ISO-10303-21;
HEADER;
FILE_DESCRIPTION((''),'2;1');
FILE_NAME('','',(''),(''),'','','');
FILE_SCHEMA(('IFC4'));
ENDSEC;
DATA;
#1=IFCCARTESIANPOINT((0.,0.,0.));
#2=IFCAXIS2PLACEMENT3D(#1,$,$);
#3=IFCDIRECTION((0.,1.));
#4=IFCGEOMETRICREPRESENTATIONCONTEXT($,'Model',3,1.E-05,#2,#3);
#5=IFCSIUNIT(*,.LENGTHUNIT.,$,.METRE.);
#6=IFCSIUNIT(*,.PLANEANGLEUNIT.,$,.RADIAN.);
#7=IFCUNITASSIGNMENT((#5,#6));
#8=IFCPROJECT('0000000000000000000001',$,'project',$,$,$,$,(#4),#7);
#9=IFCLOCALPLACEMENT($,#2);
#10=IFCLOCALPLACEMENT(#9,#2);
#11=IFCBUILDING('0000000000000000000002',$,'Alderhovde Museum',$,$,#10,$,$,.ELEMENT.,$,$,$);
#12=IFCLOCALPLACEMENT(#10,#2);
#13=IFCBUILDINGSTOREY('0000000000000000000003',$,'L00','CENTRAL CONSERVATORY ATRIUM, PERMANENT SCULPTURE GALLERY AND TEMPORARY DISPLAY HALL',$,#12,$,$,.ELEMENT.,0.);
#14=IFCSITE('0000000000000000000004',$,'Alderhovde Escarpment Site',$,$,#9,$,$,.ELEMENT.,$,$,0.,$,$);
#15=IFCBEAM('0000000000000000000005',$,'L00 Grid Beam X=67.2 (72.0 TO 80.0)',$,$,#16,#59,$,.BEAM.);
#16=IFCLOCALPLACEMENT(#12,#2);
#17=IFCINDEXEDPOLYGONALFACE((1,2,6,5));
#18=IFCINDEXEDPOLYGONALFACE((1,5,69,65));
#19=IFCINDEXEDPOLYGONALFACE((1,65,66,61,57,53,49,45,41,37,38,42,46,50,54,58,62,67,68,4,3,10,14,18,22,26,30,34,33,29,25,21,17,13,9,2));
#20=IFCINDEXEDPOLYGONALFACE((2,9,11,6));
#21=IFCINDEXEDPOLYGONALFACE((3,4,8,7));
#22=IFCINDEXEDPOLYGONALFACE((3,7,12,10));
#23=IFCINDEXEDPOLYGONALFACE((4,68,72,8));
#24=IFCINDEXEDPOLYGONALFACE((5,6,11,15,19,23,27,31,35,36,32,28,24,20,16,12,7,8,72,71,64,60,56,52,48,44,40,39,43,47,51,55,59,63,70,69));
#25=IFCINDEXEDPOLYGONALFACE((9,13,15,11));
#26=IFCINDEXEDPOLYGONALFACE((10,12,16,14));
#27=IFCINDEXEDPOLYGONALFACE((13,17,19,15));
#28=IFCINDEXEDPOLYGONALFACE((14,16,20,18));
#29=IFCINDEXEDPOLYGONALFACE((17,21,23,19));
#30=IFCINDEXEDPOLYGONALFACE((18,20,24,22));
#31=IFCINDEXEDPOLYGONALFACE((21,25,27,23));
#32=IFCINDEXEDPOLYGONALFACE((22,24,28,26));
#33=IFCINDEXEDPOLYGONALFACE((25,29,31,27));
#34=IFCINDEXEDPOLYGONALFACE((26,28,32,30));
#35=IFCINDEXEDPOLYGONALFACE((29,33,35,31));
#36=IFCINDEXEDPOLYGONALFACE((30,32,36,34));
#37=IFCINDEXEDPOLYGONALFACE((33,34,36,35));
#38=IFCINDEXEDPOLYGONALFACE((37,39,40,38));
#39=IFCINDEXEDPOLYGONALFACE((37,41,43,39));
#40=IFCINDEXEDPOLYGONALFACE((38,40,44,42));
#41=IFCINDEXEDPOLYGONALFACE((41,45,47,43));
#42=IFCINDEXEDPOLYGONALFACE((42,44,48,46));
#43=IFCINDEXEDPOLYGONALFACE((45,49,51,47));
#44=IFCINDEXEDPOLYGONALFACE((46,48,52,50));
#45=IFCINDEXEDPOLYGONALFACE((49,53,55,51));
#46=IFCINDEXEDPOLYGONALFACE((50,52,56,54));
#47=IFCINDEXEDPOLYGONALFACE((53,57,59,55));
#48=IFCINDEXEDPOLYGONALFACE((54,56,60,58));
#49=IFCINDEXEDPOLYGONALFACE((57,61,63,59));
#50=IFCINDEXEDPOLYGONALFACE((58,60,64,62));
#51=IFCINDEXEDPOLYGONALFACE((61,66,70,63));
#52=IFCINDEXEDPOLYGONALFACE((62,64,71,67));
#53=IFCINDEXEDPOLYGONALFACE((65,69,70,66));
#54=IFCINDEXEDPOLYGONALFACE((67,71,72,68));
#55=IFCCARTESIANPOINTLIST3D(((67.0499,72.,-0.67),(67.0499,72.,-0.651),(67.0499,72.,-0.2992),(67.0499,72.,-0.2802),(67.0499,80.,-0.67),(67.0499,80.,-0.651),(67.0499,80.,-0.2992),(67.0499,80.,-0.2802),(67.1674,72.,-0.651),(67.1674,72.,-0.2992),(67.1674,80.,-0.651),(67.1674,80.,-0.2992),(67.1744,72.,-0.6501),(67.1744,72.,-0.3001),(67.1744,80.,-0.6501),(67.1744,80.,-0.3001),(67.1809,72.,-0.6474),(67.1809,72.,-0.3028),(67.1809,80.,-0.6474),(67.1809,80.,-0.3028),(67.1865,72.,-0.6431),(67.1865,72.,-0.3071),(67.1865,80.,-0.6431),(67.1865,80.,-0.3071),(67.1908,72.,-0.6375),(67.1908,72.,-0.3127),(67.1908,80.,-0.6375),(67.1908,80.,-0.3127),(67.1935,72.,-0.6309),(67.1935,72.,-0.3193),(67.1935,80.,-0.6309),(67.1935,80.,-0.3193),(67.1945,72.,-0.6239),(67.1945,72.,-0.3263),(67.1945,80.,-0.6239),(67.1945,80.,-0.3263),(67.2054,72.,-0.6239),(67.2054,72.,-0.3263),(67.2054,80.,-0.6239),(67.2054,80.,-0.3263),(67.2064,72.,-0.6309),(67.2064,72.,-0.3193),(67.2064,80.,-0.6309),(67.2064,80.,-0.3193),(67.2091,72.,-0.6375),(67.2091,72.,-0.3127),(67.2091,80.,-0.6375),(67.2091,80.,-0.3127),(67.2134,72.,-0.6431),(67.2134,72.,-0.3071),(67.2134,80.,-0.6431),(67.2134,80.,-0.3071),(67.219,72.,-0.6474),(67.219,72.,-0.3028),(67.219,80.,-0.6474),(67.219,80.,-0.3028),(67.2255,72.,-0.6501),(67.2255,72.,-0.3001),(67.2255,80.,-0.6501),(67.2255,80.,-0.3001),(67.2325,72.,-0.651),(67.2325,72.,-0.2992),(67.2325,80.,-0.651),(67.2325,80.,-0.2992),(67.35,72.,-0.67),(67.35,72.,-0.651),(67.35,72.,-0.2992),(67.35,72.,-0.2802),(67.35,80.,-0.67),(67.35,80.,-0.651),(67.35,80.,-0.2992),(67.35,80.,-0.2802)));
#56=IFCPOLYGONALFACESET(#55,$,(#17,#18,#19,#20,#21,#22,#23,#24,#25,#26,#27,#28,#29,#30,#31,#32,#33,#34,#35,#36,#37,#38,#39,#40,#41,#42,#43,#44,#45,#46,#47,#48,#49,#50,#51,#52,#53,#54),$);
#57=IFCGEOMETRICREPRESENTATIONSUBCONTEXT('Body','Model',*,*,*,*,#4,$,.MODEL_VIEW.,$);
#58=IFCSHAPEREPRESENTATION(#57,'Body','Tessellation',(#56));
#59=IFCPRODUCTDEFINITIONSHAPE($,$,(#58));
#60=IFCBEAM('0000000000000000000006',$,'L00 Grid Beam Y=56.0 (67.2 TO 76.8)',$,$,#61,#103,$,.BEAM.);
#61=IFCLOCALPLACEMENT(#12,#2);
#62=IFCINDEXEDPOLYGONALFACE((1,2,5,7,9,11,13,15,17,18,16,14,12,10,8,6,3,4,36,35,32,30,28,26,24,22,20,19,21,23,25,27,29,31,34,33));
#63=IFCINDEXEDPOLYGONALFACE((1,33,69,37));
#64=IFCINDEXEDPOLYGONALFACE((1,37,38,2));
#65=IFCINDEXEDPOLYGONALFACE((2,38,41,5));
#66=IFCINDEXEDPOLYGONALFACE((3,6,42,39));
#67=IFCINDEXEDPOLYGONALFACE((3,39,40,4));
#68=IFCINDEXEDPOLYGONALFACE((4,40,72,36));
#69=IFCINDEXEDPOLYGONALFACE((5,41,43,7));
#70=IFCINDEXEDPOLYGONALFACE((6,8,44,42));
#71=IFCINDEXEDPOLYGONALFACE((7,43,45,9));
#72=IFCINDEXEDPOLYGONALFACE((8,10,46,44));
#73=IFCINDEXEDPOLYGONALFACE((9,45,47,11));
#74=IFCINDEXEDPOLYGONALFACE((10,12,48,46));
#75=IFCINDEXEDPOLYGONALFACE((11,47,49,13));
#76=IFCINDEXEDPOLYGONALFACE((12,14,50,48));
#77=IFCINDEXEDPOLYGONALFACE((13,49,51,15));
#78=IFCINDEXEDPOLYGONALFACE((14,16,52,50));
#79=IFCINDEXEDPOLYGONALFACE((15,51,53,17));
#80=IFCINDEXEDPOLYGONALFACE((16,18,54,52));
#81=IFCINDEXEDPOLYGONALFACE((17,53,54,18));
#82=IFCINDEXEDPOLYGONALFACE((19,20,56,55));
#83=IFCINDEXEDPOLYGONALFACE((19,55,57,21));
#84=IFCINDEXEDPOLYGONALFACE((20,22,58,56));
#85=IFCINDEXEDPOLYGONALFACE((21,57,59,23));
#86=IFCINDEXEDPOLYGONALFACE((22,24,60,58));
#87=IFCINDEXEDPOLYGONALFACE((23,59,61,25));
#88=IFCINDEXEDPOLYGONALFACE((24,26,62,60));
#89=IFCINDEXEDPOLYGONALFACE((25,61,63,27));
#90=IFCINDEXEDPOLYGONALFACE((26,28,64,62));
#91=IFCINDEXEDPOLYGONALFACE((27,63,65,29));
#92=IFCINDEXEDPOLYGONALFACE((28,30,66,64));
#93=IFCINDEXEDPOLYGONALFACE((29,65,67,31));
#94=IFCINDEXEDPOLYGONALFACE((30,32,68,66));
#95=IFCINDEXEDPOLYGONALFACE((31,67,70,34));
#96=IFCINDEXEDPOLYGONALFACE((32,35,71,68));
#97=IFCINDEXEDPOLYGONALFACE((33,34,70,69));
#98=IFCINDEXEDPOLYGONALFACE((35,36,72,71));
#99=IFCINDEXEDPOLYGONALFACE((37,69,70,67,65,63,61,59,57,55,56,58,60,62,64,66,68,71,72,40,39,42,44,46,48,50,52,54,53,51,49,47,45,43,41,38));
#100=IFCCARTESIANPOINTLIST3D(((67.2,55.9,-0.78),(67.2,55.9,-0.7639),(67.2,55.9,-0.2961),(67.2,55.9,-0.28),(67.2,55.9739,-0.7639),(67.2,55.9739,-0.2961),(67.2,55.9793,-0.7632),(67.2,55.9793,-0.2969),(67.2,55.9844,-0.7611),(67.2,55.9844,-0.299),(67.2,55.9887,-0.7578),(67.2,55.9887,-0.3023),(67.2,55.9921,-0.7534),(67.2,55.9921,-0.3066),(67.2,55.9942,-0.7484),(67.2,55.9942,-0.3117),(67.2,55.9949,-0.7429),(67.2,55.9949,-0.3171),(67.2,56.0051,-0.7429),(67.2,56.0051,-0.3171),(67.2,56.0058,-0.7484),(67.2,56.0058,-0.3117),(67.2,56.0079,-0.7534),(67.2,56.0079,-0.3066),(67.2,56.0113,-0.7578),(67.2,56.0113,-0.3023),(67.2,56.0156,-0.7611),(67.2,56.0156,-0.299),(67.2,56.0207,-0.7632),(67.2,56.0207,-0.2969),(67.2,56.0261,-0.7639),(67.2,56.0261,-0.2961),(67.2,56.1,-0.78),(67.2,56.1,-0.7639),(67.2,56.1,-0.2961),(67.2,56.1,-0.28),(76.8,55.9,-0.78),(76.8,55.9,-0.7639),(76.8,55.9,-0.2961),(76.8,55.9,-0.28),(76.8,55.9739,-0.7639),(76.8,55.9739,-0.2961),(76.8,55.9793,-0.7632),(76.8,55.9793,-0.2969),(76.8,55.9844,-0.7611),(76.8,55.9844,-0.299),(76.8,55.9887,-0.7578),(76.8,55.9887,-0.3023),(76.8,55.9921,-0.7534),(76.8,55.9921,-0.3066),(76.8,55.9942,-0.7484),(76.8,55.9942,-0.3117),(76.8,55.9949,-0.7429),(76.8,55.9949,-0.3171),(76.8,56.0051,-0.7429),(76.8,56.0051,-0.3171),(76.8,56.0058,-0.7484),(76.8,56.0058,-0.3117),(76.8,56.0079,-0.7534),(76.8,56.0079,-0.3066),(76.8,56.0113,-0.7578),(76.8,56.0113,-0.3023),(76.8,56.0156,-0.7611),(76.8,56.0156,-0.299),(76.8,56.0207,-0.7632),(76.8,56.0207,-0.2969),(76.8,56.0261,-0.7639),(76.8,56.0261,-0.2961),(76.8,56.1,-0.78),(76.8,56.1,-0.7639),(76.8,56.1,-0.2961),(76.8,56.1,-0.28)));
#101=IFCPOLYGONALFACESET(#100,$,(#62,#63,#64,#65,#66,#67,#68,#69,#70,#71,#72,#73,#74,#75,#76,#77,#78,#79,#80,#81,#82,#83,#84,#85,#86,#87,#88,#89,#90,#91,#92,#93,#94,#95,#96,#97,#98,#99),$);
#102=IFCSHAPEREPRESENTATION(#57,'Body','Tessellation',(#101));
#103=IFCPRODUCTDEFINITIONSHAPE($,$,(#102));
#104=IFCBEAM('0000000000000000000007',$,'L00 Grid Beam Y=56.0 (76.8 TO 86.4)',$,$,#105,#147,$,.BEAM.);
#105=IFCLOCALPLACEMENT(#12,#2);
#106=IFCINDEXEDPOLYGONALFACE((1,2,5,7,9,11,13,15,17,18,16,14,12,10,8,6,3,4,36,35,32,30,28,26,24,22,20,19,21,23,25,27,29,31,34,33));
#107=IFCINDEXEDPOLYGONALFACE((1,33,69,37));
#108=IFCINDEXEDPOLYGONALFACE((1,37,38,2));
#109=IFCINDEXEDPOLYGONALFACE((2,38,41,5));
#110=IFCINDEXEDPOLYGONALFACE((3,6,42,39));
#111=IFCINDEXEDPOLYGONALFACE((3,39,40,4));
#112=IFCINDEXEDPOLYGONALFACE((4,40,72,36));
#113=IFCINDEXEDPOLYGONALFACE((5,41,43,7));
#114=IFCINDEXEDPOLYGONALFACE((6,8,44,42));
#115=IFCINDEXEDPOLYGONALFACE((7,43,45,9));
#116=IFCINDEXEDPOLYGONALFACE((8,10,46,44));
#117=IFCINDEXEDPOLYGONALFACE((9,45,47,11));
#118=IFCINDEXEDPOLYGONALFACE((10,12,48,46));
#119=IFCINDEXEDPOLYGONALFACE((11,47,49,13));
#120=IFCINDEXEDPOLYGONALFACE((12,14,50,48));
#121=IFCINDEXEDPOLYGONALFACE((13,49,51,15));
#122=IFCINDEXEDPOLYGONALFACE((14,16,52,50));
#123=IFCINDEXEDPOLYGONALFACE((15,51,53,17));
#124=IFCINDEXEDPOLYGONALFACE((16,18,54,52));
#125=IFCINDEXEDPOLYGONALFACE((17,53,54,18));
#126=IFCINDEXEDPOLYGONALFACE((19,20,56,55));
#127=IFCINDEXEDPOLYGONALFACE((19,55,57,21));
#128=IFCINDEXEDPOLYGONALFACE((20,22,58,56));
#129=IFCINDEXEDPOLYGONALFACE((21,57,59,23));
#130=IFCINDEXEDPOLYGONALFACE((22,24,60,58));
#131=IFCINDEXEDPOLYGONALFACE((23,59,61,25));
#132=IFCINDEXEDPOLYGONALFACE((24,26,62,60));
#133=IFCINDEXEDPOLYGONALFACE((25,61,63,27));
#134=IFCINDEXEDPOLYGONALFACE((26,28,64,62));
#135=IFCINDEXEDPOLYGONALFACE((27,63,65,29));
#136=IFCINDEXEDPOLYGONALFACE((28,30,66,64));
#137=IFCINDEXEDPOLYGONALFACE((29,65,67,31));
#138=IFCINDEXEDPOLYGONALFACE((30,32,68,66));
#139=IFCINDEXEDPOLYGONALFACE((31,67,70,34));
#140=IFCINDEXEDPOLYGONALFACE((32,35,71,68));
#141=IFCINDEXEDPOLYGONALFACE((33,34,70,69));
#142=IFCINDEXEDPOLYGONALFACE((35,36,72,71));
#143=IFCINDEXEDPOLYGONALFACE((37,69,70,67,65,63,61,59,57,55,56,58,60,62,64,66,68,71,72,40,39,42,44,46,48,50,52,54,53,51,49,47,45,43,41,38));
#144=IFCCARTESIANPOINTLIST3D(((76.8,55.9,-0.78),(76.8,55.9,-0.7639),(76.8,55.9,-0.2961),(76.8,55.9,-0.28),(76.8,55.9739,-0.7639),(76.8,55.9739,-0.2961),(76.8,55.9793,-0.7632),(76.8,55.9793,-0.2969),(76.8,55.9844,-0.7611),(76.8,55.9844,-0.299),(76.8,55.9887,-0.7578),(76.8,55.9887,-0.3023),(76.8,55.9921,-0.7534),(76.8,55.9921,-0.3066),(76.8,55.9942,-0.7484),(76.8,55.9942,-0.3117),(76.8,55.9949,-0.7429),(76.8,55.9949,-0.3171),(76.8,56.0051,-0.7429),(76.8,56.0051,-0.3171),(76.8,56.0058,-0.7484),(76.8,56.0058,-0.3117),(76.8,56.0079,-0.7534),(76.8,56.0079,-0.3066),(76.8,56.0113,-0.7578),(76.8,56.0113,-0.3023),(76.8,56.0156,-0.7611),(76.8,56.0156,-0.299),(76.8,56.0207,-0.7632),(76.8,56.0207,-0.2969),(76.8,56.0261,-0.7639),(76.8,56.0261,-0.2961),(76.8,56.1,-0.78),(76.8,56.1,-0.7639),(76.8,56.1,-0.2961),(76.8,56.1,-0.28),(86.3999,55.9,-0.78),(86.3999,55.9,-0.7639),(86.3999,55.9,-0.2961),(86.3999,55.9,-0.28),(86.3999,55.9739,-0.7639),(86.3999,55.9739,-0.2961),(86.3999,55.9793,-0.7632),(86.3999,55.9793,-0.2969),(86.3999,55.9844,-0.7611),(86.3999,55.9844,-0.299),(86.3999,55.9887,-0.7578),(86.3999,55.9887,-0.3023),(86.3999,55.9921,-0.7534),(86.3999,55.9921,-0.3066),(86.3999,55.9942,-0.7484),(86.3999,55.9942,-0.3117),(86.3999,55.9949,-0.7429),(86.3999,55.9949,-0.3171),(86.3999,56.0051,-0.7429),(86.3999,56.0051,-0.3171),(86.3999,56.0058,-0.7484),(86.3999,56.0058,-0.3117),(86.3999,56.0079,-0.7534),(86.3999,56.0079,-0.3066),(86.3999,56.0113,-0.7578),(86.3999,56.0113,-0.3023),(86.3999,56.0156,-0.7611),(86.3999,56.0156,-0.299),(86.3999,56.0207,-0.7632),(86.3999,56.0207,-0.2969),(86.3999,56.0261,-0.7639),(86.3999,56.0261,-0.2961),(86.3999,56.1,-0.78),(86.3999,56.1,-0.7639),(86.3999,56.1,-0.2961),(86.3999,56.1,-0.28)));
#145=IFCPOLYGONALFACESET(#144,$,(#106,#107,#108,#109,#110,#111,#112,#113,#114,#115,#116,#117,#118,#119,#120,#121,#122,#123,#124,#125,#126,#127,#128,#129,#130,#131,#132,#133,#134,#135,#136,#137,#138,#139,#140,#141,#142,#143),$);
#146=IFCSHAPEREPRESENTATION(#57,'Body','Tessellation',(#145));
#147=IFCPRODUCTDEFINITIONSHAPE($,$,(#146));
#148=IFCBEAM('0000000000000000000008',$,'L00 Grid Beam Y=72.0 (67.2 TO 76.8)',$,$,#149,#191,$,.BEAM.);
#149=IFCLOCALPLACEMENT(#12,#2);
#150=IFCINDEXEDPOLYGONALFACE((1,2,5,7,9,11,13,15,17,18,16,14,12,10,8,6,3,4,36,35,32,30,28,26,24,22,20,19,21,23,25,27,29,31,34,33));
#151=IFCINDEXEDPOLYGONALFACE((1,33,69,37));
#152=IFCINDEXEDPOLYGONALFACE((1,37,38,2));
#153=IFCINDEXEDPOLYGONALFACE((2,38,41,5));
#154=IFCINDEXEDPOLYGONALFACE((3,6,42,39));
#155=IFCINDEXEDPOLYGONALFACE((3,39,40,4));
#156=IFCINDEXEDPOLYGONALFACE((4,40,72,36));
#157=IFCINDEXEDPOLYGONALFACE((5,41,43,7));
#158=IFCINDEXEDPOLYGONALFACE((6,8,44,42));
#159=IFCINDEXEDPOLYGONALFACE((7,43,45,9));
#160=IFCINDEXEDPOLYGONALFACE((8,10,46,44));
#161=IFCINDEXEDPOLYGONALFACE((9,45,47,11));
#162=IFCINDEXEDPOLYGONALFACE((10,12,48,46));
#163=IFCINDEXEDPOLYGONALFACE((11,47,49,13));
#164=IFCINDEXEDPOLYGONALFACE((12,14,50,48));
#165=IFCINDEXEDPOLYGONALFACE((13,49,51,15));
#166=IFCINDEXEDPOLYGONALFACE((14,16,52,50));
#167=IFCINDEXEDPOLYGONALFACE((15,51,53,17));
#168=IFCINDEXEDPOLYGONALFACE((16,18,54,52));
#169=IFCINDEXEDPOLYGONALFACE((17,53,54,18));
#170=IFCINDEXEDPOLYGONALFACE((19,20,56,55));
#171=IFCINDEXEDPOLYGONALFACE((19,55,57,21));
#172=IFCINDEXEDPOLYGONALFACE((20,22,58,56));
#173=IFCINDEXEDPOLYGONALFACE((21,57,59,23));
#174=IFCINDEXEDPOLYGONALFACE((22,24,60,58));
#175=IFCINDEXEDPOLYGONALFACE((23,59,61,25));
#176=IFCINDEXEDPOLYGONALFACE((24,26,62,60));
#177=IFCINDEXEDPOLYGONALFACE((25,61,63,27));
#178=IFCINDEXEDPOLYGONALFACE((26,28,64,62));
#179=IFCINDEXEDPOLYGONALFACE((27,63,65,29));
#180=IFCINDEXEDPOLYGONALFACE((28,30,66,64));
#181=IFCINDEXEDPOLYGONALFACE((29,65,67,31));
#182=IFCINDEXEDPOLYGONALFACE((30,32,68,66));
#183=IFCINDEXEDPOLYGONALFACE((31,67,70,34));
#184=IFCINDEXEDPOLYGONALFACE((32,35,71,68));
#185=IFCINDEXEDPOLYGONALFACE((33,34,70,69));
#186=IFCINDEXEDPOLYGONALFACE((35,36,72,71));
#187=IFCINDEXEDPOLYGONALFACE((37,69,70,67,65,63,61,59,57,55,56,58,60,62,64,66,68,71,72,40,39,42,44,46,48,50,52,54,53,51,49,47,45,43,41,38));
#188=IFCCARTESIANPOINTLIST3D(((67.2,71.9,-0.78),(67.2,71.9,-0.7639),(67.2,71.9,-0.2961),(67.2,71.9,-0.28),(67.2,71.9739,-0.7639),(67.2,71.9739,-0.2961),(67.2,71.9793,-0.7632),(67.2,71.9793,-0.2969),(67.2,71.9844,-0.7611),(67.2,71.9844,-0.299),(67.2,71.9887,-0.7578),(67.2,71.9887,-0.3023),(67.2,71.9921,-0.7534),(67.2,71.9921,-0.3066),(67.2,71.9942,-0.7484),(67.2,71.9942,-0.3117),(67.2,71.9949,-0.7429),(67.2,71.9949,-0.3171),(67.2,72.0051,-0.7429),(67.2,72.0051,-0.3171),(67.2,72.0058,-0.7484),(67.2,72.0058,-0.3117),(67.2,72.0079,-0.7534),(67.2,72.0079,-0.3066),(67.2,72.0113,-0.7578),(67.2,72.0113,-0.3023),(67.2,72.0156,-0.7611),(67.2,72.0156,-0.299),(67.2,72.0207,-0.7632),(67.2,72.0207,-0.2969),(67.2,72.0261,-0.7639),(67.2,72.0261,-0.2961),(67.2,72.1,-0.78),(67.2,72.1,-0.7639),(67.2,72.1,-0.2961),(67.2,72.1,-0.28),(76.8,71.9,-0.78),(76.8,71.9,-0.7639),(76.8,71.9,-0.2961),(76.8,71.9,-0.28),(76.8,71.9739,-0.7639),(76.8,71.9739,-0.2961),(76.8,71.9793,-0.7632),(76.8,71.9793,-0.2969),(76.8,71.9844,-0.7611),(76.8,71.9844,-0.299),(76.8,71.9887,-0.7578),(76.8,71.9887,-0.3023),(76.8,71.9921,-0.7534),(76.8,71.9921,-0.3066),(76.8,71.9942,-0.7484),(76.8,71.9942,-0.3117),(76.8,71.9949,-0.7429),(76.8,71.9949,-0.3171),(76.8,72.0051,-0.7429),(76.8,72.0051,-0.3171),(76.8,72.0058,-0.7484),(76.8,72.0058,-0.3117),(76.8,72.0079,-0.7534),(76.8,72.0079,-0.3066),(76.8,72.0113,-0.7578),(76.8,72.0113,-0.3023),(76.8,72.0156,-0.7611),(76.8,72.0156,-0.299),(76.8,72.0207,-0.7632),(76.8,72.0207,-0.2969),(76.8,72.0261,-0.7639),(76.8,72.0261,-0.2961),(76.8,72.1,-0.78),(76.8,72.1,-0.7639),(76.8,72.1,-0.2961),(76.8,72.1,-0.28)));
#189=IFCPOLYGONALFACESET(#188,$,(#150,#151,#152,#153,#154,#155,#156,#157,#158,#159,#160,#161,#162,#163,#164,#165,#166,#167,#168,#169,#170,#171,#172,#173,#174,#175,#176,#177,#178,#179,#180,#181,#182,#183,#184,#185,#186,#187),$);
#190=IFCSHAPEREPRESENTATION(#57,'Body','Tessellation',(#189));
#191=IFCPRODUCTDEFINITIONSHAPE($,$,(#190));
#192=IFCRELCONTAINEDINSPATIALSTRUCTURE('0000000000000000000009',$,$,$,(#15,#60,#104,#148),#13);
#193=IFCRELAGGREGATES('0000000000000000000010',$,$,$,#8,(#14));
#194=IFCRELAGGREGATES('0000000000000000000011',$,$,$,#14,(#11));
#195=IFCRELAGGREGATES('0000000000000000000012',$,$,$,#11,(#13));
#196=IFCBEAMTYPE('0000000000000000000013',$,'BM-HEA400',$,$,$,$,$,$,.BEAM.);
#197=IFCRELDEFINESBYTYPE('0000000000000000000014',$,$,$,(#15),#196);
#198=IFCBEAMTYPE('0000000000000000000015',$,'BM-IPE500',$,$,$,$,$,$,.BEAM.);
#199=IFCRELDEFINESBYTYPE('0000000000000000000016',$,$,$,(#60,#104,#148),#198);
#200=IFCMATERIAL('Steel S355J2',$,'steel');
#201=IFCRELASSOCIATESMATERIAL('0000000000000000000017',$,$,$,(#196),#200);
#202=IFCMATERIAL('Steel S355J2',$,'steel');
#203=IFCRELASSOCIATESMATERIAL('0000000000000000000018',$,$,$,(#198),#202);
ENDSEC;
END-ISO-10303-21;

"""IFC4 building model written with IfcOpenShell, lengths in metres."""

from ifc_helpers import new_model, si_unit, direction, frame, origin, origin_2d, place, context, subcontext, project, spatial, i_section, extrude, material, material_profile, profile_set, type_object, element, save


model = new_model("IFC4")

# Units and contexts
model_context = context("Model", 3, precision=1e-05, world=origin(), true_north=direction((0.0, 1.0)))
body_context = subcontext(model_context, "Body", "Model", "MODEL_VIEW")
ifc_project = project(units=[si_unit("LENGTHUNIT", "METRE"), si_unit("PLANEANGLEUNIT", "RADIAN")], contexts=[model_context])

# Site, building, storey
site_placement = place(None, origin())
site = spatial("IfcSite", under=ifc_project, at=site_placement, Name="Alderhovde Escarpment Site", CompositionType="ELEMENT", RefElevation=0.0)
building_placement = place(site_placement, origin())
building = spatial("IfcBuilding", under=site, at=building_placement, Name="Alderhovde Museum", CompositionType="ELEMENT")
storey_placement = place(building_placement, origin())
storey = spatial("IfcBuildingStorey", under=building, at=storey_placement, Name="L00", Description="CENTRAL CONSERVATORY ATRIUM, PERMANENT SCULPTURE GALLERY AND TEMPORARY DISPLAY HALL", CompositionType="ELEMENT", Elevation=0.0)

# Beams
ifc_material_1 = material(Name="Steel S355J2", Category="steel")
ifc_material_profile_1 = material_profile(ifc_material_1, i_section(OverallWidth=0.3, OverallDepth=0.3899, WebThickness=0.011, FlangeThickness=0.019, FilletRadius=0.0271, at=origin_2d()), Name="HEA 400")
ifc_profile_set_1 = profile_set([ifc_material_profile_1], Name="Steel S355J2")
beam_type_1 = type_object("IfcBeamType", Name="BM-HEA400", PredefinedType="BEAM", material=ifc_profile_set_1)
for number, where, z_axis, x_axis, name in (
    (1, (67.2, 72.0, -0.4751), (0.0, 1.0, 0.0), (-1.0, 0.0, 0.0), "L00 Grid Beam X=67.2 (72.0 TO 80.0)"),
):
    element("IfcBeam", number, at=place(storey_placement, frame(where, z_axis=z_axis, x_axis=x_axis)), inside=storey, type_object=beam_type_1, Name=name, PredefinedType="BEAM", context=body_context, shape_type="SweptSolid", body=[
        extrude(i_section(OverallWidth=0.3, OverallDepth=0.3899, WebThickness=0.011, FlangeThickness=0.019, FilletRadius=0.0271, at=origin_2d()), origin(), (0.0, 0.0, 1.0), 8.0),
    ])
ifc_material_2 = material(Name="Steel S355J2", Category="steel")
ifc_material_profile_2 = material_profile(ifc_material_2, i_section(OverallWidth=0.2, OverallDepth=0.5, WebThickness=0.0103, FlangeThickness=0.0161, FilletRadius=0.021, at=origin_2d()), Name="IPE 500")
ifc_profile_set_2 = profile_set([ifc_material_profile_2], Name="Steel S355J2")
beam_type_2 = type_object("IfcBeamType", Name="BM-IPE500", PredefinedType="BEAM", material=ifc_profile_set_2)
beam_1_placement = place(storey_placement, frame((67.2, 56.0, -0.53), z_axis=(1.0, 0.0, 0.0), x_axis=(0.0, 1.0, 0.0)))
element("IfcBeam", 2, at=beam_1_placement, inside=storey, type_object=beam_type_2, Name="L00 Grid Beam Y=56.0 (67.2 TO 76.8)", PredefinedType="BEAM", context=body_context, shape_type="SweptSolid", body=[
    extrude(i_section(OverallWidth=0.2, OverallDepth=0.5, WebThickness=0.0103, FlangeThickness=0.0161, FilletRadius=0.021, at=origin_2d()), origin(), (0.0, 0.0, 1.0), 9.6001),
])
beam_2_placement = place(storey_placement, frame((76.8, 56.0, -0.53), z_axis=(1.0, 0.0, 0.0), x_axis=(0.0, 1.0, 0.0)))
element("IfcBeam", 3, at=beam_2_placement, inside=storey, type_object=beam_type_2, Name="L00 Grid Beam Y=56.0 (76.8 TO 86.4)", PredefinedType="BEAM", context=body_context, shape_type="SweptSolid", body=[
    extrude(i_section(OverallWidth=0.2, OverallDepth=0.5, WebThickness=0.0103, FlangeThickness=0.0161, FilletRadius=0.021, at=origin_2d()), origin(), (0.0, 0.0, 1.0), 9.5999),
])
beam_3_placement = place(storey_placement, frame((67.2, 72.0, -0.53), z_axis=(1.0, 0.0, 0.0), x_axis=(0.0, 1.0, 0.0)))
element("IfcBeam", 4, at=beam_3_placement, inside=storey, type_object=beam_type_2, Name="L00 Grid Beam Y=72.0 (67.2 TO 76.8)", PredefinedType="BEAM", context=body_context, shape_type="SweptSolid", body=[
    extrude(i_section(OverallWidth=0.2, OverallDepth=0.5, WebThickness=0.0103, FlangeThickness=0.0161, FilletRadius=0.021, at=origin_2d()), origin(), (0.0, 0.0, 1.0), 9.6001),
])

save(model, "model.ifc")
